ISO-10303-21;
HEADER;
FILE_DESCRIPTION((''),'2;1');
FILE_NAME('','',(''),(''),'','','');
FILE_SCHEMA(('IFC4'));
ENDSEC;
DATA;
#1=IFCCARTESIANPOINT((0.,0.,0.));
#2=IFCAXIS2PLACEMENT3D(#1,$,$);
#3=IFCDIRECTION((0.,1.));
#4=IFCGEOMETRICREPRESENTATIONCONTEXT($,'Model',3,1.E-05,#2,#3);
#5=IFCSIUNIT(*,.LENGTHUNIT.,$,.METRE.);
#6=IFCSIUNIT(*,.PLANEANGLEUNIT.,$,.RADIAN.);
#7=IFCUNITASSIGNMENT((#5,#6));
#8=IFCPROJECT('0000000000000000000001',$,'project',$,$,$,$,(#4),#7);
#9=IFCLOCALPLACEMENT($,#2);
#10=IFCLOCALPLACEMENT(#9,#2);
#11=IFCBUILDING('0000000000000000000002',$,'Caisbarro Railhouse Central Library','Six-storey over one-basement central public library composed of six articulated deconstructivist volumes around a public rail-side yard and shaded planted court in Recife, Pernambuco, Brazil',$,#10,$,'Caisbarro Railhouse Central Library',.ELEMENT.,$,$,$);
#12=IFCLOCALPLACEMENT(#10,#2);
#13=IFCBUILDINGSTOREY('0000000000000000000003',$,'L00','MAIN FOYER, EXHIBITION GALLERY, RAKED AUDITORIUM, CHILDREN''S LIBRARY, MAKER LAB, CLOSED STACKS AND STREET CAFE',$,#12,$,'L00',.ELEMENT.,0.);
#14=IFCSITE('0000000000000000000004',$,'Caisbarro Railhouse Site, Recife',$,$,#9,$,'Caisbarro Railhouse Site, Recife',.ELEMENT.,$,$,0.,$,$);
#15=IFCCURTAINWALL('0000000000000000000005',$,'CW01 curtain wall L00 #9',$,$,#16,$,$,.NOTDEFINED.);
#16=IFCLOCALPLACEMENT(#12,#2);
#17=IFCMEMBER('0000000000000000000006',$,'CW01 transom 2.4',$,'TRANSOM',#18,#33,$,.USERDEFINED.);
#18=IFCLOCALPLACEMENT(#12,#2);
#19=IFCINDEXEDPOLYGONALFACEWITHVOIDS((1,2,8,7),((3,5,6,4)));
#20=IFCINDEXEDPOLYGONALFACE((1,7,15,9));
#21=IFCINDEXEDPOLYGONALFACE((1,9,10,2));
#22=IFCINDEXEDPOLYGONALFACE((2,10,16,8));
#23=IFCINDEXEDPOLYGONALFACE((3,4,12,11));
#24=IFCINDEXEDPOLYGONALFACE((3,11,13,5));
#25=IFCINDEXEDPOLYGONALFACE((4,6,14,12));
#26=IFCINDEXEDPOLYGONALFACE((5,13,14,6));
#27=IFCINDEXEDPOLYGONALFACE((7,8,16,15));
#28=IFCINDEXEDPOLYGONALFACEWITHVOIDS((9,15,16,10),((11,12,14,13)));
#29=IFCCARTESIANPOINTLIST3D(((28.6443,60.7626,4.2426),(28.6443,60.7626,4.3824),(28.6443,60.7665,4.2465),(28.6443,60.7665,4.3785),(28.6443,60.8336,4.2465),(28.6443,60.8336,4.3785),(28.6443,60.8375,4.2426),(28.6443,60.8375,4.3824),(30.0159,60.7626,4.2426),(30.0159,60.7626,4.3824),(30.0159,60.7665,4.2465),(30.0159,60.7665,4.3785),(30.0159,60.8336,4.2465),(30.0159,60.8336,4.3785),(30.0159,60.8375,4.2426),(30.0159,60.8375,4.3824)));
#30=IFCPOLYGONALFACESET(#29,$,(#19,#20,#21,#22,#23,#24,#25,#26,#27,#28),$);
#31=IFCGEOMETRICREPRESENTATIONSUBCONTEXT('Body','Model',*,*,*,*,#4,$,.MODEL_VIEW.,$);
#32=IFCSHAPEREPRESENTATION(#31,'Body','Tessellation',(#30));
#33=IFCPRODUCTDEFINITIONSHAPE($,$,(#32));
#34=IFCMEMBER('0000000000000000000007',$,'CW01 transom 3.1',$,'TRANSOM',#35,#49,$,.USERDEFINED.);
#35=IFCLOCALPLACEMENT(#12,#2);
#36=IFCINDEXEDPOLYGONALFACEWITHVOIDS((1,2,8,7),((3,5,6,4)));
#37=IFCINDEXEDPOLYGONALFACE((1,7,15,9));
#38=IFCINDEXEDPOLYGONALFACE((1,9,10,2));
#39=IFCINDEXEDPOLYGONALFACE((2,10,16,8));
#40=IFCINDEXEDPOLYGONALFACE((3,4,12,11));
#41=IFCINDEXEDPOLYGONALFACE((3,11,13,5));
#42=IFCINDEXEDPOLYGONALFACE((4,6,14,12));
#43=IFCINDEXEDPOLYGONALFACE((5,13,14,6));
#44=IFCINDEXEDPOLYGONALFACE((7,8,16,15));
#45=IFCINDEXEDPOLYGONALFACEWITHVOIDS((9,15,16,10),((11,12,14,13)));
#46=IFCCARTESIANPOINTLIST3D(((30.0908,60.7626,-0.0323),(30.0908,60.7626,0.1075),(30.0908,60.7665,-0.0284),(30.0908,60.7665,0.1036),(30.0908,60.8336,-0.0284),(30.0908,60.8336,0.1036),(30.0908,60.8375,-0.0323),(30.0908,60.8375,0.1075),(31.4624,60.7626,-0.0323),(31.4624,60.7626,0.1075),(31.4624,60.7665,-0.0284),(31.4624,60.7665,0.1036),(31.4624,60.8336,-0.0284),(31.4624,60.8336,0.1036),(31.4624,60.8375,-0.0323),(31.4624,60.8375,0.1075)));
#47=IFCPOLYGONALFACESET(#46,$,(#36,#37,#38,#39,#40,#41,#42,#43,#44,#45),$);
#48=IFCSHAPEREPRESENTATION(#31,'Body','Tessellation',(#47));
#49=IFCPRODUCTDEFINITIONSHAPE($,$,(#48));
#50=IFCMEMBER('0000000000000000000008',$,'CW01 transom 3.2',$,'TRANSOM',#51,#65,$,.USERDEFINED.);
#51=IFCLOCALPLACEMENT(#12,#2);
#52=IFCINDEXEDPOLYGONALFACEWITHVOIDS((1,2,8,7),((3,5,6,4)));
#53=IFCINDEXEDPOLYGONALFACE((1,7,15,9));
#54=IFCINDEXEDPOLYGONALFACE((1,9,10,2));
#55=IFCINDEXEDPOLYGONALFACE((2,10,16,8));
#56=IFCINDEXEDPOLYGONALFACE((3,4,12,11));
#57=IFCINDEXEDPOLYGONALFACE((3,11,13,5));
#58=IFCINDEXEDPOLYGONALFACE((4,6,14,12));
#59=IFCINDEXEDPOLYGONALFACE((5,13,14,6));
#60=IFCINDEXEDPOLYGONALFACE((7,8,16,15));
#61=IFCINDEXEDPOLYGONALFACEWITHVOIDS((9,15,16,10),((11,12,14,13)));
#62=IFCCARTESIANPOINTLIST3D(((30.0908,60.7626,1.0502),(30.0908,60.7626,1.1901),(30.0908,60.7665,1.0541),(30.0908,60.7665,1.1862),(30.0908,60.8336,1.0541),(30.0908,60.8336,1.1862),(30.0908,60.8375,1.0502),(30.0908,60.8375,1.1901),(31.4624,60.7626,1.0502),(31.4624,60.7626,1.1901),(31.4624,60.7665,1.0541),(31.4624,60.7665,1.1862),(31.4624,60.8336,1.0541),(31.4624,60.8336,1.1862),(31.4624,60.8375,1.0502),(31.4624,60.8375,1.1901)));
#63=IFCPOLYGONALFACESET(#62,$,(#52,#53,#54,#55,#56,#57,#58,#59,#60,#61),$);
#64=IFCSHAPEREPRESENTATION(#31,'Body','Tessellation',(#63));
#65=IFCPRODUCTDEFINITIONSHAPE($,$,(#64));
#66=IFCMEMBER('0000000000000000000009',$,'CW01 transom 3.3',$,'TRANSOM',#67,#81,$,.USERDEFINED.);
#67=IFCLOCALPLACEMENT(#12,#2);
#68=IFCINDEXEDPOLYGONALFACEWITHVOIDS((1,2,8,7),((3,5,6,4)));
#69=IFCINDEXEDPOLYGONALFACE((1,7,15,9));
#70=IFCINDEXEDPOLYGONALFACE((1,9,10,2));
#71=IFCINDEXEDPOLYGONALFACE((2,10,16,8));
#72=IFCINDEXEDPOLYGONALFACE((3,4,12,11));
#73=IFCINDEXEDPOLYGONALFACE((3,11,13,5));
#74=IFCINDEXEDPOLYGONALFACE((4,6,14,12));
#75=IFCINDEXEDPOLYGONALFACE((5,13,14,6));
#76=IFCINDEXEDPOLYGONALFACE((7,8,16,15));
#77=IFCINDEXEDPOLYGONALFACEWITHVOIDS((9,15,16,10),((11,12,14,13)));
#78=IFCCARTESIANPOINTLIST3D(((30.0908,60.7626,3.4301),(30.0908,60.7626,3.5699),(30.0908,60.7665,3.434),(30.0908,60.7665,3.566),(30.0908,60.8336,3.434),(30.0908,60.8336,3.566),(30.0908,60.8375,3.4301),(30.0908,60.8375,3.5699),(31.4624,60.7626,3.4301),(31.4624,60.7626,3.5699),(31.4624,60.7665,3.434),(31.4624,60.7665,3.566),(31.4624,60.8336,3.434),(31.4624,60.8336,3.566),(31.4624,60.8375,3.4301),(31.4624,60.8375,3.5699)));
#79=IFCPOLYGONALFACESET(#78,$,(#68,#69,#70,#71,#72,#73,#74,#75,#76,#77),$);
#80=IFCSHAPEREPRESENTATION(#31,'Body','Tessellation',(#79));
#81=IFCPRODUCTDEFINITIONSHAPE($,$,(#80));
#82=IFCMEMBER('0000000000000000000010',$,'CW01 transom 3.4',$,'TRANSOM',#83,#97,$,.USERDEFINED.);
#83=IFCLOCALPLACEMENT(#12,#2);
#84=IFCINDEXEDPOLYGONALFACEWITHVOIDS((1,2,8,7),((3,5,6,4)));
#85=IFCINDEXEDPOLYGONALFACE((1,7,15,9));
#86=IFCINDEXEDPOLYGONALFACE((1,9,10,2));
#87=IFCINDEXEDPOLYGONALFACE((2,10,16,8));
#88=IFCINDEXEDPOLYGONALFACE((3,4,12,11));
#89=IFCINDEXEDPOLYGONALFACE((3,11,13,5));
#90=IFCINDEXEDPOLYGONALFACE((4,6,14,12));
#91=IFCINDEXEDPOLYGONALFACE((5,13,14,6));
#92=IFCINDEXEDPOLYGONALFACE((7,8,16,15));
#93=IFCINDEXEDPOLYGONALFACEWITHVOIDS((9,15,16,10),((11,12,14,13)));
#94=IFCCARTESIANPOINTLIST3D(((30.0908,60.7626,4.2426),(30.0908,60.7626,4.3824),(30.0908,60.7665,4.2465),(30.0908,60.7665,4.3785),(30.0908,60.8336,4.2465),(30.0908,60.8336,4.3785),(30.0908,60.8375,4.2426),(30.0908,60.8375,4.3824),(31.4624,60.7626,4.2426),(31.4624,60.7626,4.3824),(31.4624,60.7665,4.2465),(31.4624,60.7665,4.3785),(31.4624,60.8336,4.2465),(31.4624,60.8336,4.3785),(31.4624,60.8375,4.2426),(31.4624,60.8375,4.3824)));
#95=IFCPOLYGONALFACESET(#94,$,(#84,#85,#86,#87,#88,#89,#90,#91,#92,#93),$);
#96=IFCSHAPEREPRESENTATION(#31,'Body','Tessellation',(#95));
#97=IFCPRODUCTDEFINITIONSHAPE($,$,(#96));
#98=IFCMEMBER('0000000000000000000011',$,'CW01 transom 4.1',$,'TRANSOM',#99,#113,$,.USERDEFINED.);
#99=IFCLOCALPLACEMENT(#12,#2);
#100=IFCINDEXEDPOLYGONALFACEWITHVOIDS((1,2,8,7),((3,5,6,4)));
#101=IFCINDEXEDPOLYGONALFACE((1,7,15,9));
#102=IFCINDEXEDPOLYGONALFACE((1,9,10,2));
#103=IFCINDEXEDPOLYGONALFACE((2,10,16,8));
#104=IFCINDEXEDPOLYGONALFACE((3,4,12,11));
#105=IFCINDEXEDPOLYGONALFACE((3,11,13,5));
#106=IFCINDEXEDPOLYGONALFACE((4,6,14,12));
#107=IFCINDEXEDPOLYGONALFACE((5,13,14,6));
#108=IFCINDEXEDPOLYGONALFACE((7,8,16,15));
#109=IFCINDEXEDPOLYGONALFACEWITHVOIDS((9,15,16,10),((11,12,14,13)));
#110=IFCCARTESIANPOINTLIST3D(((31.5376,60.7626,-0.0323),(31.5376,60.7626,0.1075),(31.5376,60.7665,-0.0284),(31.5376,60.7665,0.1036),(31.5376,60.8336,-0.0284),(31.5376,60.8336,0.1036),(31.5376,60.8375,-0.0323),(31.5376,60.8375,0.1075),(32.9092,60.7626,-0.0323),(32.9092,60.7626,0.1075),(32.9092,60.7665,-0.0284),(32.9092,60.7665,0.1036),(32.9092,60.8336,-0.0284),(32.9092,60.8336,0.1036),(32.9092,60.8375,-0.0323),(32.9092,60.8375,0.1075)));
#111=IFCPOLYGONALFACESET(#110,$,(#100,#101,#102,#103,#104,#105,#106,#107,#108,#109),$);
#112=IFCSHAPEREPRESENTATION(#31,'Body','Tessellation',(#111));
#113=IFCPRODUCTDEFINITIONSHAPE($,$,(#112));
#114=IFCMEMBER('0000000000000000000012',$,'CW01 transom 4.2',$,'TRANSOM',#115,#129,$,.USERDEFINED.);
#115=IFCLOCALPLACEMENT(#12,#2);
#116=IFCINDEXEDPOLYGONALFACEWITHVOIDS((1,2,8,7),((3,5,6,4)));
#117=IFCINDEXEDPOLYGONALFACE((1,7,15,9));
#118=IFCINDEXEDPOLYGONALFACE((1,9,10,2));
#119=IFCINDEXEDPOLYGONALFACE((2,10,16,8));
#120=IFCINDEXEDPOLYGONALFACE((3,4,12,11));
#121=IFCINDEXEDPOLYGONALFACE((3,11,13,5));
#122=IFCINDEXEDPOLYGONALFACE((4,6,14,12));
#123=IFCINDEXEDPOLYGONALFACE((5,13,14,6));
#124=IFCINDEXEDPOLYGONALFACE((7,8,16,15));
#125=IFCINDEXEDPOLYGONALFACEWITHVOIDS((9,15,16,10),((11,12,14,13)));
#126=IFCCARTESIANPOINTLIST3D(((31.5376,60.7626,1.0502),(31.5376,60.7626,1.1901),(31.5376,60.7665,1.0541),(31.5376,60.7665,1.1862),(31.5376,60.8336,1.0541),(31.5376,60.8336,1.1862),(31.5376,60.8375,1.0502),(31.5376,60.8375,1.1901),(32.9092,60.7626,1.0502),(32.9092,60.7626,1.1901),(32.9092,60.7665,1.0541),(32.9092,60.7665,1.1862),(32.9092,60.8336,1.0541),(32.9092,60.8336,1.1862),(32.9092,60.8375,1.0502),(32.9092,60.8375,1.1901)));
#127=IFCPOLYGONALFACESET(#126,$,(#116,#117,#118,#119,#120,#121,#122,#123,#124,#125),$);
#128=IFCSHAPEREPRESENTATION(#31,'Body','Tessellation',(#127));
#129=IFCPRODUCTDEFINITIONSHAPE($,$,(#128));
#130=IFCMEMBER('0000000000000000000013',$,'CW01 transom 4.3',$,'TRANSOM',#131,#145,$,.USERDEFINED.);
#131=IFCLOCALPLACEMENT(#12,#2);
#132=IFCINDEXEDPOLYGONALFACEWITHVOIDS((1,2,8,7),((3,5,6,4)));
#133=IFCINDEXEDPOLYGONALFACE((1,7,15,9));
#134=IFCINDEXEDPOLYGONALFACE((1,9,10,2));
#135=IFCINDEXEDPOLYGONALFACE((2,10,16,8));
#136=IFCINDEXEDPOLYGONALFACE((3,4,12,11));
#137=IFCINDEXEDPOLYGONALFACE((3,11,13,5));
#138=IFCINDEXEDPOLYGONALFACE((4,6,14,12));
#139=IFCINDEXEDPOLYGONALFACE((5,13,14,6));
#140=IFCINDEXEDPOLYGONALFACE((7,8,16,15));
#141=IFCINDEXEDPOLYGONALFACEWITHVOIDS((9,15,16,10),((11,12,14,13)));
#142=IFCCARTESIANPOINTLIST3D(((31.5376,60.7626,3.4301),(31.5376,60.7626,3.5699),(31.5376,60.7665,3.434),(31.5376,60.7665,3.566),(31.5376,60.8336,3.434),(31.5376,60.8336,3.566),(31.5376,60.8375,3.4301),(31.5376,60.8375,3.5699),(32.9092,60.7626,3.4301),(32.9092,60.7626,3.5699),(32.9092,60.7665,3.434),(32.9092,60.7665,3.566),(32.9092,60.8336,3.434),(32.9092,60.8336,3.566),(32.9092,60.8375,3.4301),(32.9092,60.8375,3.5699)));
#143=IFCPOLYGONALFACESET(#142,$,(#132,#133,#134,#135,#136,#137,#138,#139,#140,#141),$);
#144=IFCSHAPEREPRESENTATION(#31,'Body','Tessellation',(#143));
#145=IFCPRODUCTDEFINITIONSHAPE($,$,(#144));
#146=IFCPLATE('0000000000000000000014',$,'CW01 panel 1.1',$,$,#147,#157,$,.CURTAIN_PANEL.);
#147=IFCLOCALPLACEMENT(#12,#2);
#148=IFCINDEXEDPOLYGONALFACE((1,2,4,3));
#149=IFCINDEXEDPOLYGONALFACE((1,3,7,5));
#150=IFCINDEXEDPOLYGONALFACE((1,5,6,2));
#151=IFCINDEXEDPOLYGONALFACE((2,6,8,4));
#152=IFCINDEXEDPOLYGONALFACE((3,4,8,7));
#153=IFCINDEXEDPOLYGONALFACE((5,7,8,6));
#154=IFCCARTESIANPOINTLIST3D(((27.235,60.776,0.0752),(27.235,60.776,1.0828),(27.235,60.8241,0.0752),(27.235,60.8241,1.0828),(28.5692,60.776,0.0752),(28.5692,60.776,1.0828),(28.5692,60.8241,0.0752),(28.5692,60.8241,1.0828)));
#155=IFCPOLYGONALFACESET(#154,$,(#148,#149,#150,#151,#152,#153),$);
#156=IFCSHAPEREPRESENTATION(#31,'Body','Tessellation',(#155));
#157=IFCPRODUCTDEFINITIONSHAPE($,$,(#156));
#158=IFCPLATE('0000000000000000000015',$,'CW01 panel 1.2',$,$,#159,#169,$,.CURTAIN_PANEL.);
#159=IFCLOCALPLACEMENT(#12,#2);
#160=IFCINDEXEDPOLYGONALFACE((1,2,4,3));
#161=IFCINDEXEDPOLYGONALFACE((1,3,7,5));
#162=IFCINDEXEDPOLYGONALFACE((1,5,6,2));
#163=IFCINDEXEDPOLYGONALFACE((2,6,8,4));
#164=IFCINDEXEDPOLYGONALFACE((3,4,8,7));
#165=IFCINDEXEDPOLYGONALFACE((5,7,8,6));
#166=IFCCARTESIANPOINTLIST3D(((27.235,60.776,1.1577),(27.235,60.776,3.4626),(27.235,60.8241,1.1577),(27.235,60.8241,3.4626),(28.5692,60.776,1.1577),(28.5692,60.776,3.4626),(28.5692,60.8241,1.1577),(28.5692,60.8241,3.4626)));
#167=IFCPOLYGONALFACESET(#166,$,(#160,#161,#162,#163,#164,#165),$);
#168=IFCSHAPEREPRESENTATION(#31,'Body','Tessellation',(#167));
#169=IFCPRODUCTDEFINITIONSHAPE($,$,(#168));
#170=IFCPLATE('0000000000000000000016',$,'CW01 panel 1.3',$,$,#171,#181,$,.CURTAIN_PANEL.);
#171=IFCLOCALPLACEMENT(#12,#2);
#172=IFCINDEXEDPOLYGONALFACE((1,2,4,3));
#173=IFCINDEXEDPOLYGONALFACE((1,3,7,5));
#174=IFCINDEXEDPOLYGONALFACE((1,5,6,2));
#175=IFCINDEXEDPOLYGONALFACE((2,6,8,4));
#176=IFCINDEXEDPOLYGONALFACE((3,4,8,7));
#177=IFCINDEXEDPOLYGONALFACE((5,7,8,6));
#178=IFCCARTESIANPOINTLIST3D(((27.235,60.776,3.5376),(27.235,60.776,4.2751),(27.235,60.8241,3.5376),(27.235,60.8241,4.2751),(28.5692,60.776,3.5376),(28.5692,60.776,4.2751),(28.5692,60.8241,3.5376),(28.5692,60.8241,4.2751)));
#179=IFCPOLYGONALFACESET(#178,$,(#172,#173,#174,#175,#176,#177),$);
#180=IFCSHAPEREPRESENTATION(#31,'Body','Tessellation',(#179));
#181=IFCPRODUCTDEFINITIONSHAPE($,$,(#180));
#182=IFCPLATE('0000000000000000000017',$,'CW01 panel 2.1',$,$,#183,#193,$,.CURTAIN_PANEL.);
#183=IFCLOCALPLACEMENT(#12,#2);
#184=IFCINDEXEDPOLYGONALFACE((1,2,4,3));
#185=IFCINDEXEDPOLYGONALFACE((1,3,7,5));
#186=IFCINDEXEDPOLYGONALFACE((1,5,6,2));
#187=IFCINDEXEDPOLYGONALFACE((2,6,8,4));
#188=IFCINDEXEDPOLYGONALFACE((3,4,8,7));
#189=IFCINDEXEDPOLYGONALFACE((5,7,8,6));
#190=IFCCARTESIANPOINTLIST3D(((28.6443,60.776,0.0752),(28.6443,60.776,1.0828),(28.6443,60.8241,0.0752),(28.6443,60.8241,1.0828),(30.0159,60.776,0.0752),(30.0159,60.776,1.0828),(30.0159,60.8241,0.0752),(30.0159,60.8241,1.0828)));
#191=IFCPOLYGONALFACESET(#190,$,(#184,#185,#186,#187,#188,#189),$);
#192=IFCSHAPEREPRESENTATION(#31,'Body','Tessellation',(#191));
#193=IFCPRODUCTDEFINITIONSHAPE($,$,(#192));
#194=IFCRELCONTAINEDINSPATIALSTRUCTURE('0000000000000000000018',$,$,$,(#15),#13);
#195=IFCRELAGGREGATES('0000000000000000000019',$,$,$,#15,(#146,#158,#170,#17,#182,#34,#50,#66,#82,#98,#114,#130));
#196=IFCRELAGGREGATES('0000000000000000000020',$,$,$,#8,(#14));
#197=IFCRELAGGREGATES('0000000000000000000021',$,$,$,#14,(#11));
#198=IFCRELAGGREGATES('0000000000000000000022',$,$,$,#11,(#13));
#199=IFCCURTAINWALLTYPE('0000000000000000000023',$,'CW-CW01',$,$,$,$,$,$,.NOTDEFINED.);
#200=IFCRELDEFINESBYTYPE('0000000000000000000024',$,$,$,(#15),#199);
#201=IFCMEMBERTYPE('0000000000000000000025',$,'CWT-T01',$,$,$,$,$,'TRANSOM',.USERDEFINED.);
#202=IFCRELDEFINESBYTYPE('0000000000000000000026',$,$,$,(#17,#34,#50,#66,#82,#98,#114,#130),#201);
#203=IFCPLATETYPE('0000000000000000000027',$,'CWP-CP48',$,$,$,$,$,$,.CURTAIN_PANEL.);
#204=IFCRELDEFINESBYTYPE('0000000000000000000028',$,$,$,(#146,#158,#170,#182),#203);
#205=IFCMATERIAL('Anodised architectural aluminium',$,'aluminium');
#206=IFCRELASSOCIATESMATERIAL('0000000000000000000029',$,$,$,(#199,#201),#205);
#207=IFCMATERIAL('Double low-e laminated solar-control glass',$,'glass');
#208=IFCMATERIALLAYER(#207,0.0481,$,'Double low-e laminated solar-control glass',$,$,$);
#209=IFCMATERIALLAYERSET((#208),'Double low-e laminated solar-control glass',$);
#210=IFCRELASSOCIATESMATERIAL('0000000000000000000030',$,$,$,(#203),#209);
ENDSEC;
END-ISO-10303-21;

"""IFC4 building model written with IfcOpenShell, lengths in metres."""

from ifc_helpers import new_model, si_unit, direction, frame, origin, origin_2d, place, context, subcontext, project, spatial, rectangle, hollow_rectangle, extrude, material, layer, layer_set, material_profile, profile_set, type_object, element, aggregate, save


model = new_model("IFC4")

# Units and contexts
model_context = context("Model", 3, precision=1e-05, world=origin(), true_north=direction((0.0, 1.0)))
body_context = subcontext(model_context, "Body", "Model", "MODEL_VIEW")
ifc_project = project(units=[si_unit("LENGTHUNIT", "METRE"), si_unit("PLANEANGLEUNIT", "RADIAN")], contexts=[model_context])

# Site, building, storey
site_placement = place(None, origin())
site = spatial("IfcSite", under=ifc_project, at=site_placement, Name="Caisbarro Railhouse Site, Recife", LongName="Caisbarro Railhouse Site, Recife", CompositionType="ELEMENT", RefElevation=0.0)
building_placement = place(site_placement, origin())
building = spatial("IfcBuilding", under=site, at=building_placement, Name="Caisbarro Railhouse Central Library", Description="Six-storey over one-basement central public library composed of six articulated deconstructivist volumes around a public rail-side yard and shaded planted court in Recife, Pernambuco, Brazil", LongName="Caisbarro Railhouse Central Library", CompositionType="ELEMENT")
storey_placement = place(building_placement, origin())
storey = spatial("IfcBuildingStorey", under=building, at=storey_placement, Name="L00", Description="MAIN FOYER, EXHIBITION GALLERY, RAKED AUDITORIUM, CHILDREN'S LIBRARY, MAKER LAB, CLOSED STACKS AND STREET CAFE", LongName="L00", CompositionType="ELEMENT", Elevation=0.0)

# Curtain wall, members, plates
ifc_material_1 = material(Name="Anodised architectural aluminium", Category="aluminium")
curtain_wall_type = type_object("IfcCurtainWallType", Name="CW-CW01", PredefinedType="NOTDEFINED", material=ifc_material_1)
curtain_wall_placement = place(storey_placement, origin())
curtain_wall = element("IfcCurtainWall", 1, at=curtain_wall_placement, inside=storey, type_object=curtain_wall_type, Name="CW01 curtain wall L00 #9", PredefinedType="NOTDEFINED")
ifc_material_profile_1 = material_profile(ifc_material_1, hollow_rectangle(XDim=0.075, YDim=0.1399, WallThickness=0.0039, at=origin_2d()), Name="ALU-TRN-75X140")
ifc_profile_set_1 = profile_set([ifc_material_profile_1], Name="Anodised architectural aluminium")
member_type_1 = type_object("IfcMemberType", Name="CWT-T01", ElementType="TRANSOM", PredefinedType="USERDEFINED", material=ifc_profile_set_1)
member_1_placement = place(storey_placement, frame((28.6443, 60.8, 4.3125), z_axis=(1.0, 0.0, 0.0), x_axis=(0.0, 1.0, 0.0)))
member_1 = element("IfcMember", 2, at=member_1_placement, type_object=member_type_1, Name="CW01 transom 2.4", ObjectType="TRANSOM", PredefinedType="USERDEFINED", context=body_context, shape_type="SweptSolid", body=[
    extrude(hollow_rectangle(XDim=0.075, YDim=0.1399, WallThickness=0.0039, at=origin_2d()), origin(), (0.0, 0.0, 1.0), 1.3716),
])
member_2_placement = place(storey_placement, frame((30.0908, 60.8, 0.0376), z_axis=(1.0, 0.0, 0.0), x_axis=(0.0, 1.0, 0.0)))
member_2 = element("IfcMember", 3, at=member_2_placement, type_object=member_type_1, Name="CW01 transom 3.1", ObjectType="TRANSOM", PredefinedType="USERDEFINED", context=body_context, shape_type="SweptSolid", body=[
    extrude(hollow_rectangle(XDim=0.075, YDim=0.1399, WallThickness=0.0039, at=origin_2d()), origin(), (0.0, 0.0, 1.0), 1.3716),
])
member_3_placement = place(storey_placement, frame((30.0908, 60.8, 1.1201), z_axis=(1.0, 0.0, 0.0), x_axis=(0.0, 1.0, 0.0)))
member_3 = element("IfcMember", 4, at=member_3_placement, type_object=member_type_1, Name="CW01 transom 3.2", ObjectType="TRANSOM", PredefinedType="USERDEFINED", context=body_context, shape_type="SweptSolid", body=[
    extrude(hollow_rectangle(XDim=0.075, YDim=0.1399, WallThickness=0.0039, at=origin_2d()), origin(), (0.0, 0.0, 1.0), 1.3716),
])
member_4_placement = place(storey_placement, frame((30.0908, 60.8, 3.5), z_axis=(1.0, 0.0, 0.0), x_axis=(0.0, 1.0, 0.0)))
member_4 = element("IfcMember", 5, at=member_4_placement, type_object=member_type_1, Name="CW01 transom 3.3", ObjectType="TRANSOM", PredefinedType="USERDEFINED", context=body_context, shape_type="SweptSolid", body=[
    extrude(hollow_rectangle(XDim=0.075, YDim=0.1399, WallThickness=0.0039, at=origin_2d()), origin(), (0.0, 0.0, 1.0), 1.3716),
])
member_5_placement = place(storey_placement, frame((30.0908, 60.8, 4.3125), z_axis=(1.0, 0.0, 0.0), x_axis=(0.0, 1.0, 0.0)))
member_5 = element("IfcMember", 6, at=member_5_placement, type_object=member_type_1, Name="CW01 transom 3.4", ObjectType="TRANSOM", PredefinedType="USERDEFINED", context=body_context, shape_type="SweptSolid", body=[
    extrude(hollow_rectangle(XDim=0.075, YDim=0.1399, WallThickness=0.0039, at=origin_2d()), origin(), (0.0, 0.0, 1.0), 1.3716),
])
member_6_placement = place(storey_placement, frame((31.5376, 60.8, 0.0376), z_axis=(1.0, 0.0, 0.0), x_axis=(0.0, 1.0, 0.0)))
member_6 = element("IfcMember", 7, at=member_6_placement, type_object=member_type_1, Name="CW01 transom 4.1", ObjectType="TRANSOM", PredefinedType="USERDEFINED", context=body_context, shape_type="SweptSolid", body=[
    extrude(hollow_rectangle(XDim=0.075, YDim=0.1399, WallThickness=0.0039, at=origin_2d()), origin(), (0.0, 0.0, 1.0), 1.3716),
])
member_7_placement = place(storey_placement, frame((31.5376, 60.8, 1.1201), z_axis=(1.0, 0.0, 0.0), x_axis=(0.0, 1.0, 0.0)))
member_7 = element("IfcMember", 8, at=member_7_placement, type_object=member_type_1, Name="CW01 transom 4.2", ObjectType="TRANSOM", PredefinedType="USERDEFINED", context=body_context, shape_type="SweptSolid", body=[
    extrude(hollow_rectangle(XDim=0.075, YDim=0.1399, WallThickness=0.0039, at=origin_2d()), origin(), (0.0, 0.0, 1.0), 1.3716),
])
member_8_placement = place(storey_placement, frame((31.5376, 60.8, 3.5), z_axis=(1.0, 0.0, 0.0), x_axis=(0.0, 1.0, 0.0)))
member_8 = element("IfcMember", 9, at=member_8_placement, type_object=member_type_1, Name="CW01 transom 4.3", ObjectType="TRANSOM", PredefinedType="USERDEFINED", context=body_context, shape_type="SweptSolid", body=[
    extrude(hollow_rectangle(XDim=0.075, YDim=0.1399, WallThickness=0.0039, at=origin_2d()), origin(), (0.0, 0.0, 1.0), 1.3716),
])
ifc_material_2 = material(Name="Double low-e laminated solar-control glass", Category="glass")
ifc_layer = layer(ifc_material_2, 0.0481, Name="Double low-e laminated solar-control glass")
ifc_layer_set = layer_set([ifc_layer], Name="Double low-e laminated solar-control glass")
plate_type = type_object("IfcPlateType", Name="CWP-CP48", PredefinedType="CURTAIN_PANEL", material=ifc_layer_set)
plate_1_placement = place(storey_placement, frame((27.9021, 60.8, 0.0752), z_axis=(0.0, 0.0, 1.0), x_axis=(1.0, 0.0, 0.0)))
plate_1 = element("IfcPlate", 10, at=plate_1_placement, type_object=plate_type, Name="CW01 panel 1.1", PredefinedType="CURTAIN_PANEL", context=body_context, shape_type="SweptSolid", body=[
    extrude(rectangle(XDim=1.3342, YDim=0.0481, at=origin_2d()), origin(), (0.0, 0.0, 1.0), 1.0076),
])
plate_2_placement = place(storey_placement, frame((27.9021, 60.8, 1.1577), z_axis=(0.0, 0.0, 1.0), x_axis=(1.0, 0.0, 0.0)))
plate_2 = element("IfcPlate", 11, at=plate_2_placement, type_object=plate_type, Name="CW01 panel 1.2", PredefinedType="CURTAIN_PANEL", context=body_context, shape_type="SweptSolid", body=[
    extrude(rectangle(XDim=1.3342, YDim=0.0481, at=origin_2d()), origin(), (0.0, 0.0, 1.0), 2.3049),
])
plate_3_placement = place(storey_placement, frame((27.9021, 60.8, 3.5376), z_axis=(0.0, 0.0, 1.0), x_axis=(1.0, 0.0, 0.0)))
plate_3 = element("IfcPlate", 12, at=plate_3_placement, type_object=plate_type, Name="CW01 panel 1.3", PredefinedType="CURTAIN_PANEL", context=body_context, shape_type="SweptSolid", body=[
    extrude(rectangle(XDim=1.3342, YDim=0.0481, at=origin_2d()), origin(), (0.0, 0.0, 1.0), 0.7375),
])
plate_4_placement = place(storey_placement, frame((29.3301, 60.8, 0.0752), z_axis=(0.0, 0.0, 1.0), x_axis=(1.0, 0.0, 0.0)))
plate_4 = element("IfcPlate", 13, at=plate_4_placement, type_object=plate_type, Name="CW01 panel 2.1", PredefinedType="CURTAIN_PANEL", context=body_context, shape_type="SweptSolid", body=[
    extrude(rectangle(XDim=1.3716, YDim=0.0481, at=origin_2d()), origin(), (0.0, 0.0, 1.0), 1.0076),
])
aggregate(curtain_wall, [plate_1, plate_2, plate_3, member_1, plate_4, member_2, member_3, member_4, member_5, member_6, member_7, member_8])

save(model, "model.ifc")
